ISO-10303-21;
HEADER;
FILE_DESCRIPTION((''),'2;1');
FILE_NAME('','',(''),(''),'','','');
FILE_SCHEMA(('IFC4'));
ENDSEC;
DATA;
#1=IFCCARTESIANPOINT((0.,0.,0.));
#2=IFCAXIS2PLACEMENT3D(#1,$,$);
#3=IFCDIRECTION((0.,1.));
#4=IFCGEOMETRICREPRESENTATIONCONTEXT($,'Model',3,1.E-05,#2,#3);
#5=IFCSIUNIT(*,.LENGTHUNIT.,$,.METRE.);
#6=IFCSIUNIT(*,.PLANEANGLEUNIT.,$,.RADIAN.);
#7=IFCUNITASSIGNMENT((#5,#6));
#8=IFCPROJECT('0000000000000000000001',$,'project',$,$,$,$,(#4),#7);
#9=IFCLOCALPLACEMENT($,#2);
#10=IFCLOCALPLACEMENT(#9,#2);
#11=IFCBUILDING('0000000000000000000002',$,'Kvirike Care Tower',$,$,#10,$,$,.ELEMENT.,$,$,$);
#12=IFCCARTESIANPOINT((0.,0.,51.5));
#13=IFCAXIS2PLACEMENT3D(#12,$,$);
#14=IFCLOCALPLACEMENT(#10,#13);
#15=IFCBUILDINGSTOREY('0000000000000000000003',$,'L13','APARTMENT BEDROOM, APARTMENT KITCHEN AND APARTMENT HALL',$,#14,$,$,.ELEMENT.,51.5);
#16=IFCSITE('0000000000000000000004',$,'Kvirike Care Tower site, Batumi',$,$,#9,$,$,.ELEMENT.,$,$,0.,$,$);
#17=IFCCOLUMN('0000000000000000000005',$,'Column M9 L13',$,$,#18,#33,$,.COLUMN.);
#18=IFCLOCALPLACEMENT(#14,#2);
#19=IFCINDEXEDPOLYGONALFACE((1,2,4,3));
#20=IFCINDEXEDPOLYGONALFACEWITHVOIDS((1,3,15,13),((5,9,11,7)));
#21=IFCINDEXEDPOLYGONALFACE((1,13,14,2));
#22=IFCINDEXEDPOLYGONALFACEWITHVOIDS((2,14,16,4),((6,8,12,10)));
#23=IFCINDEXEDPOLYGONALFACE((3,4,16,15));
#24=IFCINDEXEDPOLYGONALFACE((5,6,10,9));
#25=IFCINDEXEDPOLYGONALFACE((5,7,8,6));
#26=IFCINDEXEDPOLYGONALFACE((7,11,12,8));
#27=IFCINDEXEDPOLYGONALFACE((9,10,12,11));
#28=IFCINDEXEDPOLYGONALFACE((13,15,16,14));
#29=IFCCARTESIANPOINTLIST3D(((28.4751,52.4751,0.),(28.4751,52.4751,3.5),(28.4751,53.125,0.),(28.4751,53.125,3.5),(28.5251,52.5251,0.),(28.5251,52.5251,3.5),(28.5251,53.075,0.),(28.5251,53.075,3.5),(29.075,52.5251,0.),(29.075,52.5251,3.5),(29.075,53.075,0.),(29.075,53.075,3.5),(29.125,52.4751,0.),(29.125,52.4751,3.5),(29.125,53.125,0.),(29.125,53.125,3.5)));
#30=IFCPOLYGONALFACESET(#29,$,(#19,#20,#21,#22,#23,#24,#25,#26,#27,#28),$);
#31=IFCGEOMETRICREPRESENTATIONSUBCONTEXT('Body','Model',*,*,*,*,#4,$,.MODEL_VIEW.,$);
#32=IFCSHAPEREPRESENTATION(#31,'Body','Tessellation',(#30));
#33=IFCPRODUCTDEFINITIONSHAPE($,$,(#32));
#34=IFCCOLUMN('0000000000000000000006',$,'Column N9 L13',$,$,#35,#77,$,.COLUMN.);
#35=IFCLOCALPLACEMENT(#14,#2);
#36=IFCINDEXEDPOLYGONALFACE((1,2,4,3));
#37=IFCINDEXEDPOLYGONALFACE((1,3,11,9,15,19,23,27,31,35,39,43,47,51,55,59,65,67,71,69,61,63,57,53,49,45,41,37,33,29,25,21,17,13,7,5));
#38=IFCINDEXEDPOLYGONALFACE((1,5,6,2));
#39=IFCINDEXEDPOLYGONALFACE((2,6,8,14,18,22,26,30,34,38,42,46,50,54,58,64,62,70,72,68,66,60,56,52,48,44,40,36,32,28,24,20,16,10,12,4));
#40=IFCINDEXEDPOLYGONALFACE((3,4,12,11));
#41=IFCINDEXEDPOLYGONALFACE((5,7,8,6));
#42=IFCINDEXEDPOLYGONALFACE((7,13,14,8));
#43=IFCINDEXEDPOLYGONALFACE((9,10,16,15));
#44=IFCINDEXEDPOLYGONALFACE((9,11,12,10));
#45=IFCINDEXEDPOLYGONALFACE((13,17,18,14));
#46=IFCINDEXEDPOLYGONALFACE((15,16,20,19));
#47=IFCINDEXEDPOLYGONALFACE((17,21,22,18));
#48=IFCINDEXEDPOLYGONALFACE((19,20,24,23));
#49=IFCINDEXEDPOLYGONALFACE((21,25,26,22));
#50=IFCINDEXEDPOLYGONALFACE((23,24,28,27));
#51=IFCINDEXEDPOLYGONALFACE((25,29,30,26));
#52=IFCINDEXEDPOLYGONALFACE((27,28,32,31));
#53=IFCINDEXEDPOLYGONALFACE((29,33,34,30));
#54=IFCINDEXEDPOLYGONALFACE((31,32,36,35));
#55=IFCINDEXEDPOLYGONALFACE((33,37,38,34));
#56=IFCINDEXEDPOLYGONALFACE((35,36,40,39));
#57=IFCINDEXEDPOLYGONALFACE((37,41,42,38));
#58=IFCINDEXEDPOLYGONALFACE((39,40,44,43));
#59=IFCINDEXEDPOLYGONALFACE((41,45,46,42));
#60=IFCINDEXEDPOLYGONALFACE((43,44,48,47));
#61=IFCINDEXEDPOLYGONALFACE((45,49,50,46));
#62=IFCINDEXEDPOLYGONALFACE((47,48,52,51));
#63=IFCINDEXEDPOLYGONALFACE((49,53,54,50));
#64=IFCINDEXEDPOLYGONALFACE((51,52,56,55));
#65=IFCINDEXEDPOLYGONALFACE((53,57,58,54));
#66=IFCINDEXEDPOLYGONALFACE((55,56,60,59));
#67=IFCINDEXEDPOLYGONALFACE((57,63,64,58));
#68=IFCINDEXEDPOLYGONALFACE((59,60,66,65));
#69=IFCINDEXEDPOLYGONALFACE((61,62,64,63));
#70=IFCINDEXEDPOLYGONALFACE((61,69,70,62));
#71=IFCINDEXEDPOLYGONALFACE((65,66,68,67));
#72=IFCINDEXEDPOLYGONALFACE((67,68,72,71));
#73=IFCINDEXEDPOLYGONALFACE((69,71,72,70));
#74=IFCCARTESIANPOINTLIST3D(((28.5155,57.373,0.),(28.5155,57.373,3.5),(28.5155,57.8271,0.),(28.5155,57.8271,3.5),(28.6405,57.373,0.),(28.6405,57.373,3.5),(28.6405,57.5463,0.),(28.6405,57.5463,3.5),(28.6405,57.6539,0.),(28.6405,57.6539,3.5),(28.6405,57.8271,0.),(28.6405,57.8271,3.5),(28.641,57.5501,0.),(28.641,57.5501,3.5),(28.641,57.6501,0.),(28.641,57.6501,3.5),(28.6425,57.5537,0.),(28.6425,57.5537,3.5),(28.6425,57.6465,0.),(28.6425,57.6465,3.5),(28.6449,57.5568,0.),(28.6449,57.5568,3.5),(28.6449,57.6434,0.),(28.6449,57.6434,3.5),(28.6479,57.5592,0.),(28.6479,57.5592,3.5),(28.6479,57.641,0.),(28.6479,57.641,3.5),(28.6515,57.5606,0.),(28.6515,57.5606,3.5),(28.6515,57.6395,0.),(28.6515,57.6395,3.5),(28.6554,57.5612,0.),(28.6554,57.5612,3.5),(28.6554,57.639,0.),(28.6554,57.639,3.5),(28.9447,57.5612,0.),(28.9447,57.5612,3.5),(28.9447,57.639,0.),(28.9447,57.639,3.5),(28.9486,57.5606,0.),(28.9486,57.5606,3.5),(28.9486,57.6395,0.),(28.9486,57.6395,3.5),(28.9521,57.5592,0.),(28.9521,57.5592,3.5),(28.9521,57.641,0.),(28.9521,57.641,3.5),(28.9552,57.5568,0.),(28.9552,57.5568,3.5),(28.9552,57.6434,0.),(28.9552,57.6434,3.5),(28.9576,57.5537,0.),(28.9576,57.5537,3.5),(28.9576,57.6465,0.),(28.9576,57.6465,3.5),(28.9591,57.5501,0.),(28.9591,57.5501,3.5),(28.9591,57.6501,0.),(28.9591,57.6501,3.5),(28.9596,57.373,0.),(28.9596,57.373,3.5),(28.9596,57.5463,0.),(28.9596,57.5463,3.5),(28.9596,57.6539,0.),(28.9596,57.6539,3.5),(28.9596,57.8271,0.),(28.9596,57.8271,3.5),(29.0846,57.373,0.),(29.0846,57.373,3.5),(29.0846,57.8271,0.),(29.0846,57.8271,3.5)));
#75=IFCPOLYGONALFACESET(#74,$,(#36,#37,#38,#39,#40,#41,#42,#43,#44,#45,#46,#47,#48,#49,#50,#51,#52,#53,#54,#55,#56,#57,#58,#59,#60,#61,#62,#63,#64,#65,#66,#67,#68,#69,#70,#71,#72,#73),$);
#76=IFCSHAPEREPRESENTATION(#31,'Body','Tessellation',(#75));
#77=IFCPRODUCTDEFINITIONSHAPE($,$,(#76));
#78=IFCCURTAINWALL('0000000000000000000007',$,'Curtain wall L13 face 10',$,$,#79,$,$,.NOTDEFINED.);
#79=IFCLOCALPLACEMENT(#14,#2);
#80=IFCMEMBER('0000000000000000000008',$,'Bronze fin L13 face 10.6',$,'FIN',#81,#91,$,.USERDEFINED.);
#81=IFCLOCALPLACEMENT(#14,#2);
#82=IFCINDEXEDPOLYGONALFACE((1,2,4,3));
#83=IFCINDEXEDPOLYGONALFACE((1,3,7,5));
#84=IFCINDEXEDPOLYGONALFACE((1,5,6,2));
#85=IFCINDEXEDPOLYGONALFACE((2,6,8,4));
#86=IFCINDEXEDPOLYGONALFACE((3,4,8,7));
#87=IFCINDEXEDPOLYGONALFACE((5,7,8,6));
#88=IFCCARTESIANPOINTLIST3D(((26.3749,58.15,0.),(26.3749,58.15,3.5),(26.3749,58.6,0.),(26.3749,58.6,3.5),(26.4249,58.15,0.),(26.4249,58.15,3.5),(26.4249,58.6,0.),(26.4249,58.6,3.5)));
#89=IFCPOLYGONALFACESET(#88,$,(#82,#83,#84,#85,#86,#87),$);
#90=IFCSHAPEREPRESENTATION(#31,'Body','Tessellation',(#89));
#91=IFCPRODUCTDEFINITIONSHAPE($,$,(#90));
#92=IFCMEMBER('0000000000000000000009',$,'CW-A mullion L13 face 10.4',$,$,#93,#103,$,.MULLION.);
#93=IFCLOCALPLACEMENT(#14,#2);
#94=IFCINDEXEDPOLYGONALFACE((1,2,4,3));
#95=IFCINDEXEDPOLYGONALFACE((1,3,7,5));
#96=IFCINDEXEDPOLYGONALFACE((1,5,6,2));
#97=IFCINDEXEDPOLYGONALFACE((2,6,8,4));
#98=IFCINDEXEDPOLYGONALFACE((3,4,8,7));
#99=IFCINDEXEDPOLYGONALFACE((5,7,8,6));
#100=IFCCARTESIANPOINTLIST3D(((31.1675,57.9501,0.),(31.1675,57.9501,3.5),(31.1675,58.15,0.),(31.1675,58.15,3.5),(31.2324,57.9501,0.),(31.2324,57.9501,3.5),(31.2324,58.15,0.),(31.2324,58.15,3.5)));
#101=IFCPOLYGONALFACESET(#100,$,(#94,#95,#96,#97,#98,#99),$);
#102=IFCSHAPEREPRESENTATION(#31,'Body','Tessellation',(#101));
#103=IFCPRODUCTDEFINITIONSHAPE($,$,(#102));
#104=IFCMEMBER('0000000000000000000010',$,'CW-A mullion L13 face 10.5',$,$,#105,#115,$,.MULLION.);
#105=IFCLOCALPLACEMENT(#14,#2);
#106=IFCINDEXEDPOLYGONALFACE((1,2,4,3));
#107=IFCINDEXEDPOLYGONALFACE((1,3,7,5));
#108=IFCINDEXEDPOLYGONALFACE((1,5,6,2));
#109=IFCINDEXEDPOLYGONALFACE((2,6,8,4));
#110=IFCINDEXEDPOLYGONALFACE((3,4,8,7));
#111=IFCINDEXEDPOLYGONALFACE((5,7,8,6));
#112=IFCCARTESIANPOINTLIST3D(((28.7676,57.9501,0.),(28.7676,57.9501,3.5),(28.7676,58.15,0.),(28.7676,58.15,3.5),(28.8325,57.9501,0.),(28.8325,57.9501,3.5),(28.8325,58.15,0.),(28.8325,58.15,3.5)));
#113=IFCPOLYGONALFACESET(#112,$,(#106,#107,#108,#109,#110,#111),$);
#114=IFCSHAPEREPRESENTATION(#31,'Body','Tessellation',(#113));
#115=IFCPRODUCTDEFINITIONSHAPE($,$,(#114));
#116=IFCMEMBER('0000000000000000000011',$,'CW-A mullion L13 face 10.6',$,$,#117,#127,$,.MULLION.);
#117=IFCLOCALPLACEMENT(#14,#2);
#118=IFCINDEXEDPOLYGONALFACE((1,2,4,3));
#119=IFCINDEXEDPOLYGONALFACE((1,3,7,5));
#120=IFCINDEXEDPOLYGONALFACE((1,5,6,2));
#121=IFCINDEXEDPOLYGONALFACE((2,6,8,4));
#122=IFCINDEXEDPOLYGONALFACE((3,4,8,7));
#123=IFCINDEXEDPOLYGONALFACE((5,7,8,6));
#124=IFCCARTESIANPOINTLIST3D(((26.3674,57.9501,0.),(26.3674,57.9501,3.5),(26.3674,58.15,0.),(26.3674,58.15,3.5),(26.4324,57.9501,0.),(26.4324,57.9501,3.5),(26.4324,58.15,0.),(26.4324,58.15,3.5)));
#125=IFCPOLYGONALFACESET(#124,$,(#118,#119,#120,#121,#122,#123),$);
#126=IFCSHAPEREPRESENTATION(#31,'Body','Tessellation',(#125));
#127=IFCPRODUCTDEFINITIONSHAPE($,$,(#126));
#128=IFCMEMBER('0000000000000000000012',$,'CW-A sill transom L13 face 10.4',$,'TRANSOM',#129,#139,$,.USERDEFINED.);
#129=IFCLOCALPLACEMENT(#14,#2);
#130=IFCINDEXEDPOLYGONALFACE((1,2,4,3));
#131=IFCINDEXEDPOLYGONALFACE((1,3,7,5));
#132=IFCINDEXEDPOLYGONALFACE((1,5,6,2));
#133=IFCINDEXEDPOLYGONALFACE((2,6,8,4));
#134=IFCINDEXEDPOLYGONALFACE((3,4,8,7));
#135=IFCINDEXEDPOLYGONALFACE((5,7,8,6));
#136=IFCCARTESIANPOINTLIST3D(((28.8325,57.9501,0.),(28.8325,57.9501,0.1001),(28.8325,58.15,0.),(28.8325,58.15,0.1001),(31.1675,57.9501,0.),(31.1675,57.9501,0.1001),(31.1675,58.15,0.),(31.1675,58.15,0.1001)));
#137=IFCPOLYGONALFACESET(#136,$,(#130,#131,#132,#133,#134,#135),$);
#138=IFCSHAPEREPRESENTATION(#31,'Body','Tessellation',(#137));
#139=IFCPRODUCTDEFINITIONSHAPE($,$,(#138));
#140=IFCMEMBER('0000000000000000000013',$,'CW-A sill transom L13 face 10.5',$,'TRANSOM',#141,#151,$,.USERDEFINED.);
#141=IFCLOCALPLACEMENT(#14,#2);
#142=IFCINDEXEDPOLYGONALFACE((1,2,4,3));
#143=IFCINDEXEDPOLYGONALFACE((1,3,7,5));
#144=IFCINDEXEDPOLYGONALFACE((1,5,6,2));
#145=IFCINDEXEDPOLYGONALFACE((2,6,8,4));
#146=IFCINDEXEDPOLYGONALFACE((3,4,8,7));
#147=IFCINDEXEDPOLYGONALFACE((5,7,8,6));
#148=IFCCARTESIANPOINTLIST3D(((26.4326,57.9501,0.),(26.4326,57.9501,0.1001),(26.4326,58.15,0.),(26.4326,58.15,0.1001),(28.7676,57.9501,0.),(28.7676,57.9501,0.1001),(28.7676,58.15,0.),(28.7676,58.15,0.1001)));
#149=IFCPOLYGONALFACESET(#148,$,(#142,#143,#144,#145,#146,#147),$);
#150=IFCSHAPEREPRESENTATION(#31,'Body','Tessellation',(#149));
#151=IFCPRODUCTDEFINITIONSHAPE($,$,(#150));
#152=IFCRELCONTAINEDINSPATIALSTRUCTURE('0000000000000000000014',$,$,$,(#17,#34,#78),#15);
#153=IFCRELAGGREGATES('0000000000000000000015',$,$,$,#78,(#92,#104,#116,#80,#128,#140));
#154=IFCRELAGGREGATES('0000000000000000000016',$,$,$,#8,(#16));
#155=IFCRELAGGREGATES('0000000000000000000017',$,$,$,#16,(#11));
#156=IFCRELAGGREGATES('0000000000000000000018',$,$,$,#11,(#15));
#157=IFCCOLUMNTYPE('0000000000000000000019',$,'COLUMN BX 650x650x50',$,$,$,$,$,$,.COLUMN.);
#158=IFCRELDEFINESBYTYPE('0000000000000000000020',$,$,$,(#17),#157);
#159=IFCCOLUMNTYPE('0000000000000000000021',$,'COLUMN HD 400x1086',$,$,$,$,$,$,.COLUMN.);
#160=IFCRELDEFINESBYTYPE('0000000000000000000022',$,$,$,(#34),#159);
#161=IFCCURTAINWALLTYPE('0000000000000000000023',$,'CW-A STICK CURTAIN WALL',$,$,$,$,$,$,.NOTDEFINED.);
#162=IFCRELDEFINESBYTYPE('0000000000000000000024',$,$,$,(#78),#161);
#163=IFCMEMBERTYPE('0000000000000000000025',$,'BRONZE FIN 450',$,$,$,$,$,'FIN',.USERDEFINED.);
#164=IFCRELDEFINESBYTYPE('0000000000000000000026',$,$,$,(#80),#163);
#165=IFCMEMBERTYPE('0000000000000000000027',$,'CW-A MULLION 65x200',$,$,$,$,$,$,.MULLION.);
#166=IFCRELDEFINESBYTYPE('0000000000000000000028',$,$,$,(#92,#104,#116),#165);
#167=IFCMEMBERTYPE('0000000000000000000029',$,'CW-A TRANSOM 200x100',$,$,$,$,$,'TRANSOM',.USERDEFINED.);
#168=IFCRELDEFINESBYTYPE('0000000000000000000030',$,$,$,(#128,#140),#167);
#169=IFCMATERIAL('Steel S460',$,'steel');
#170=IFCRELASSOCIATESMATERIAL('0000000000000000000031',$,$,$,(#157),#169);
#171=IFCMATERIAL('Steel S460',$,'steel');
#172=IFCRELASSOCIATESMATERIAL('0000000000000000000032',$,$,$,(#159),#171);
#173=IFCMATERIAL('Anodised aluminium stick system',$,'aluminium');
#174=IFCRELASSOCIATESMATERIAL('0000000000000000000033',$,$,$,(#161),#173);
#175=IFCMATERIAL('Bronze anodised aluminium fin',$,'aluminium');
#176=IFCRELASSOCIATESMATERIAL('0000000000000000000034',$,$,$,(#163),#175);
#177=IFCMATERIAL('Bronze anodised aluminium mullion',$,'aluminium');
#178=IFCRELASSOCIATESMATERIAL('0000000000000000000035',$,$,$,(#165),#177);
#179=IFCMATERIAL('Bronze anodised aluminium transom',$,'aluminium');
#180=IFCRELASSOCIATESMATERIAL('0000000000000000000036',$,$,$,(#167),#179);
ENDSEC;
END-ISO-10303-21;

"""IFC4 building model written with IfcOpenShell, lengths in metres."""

from ifc_helpers import new_model, si_unit, direction, frame, origin, origin_2d, place, context, subcontext, project, spatial, rectangle, hollow_rectangle, i_section, extrude, material, material_profile, profile_set, type_object, element, aggregate, save


model = new_model("IFC4")

# Units and contexts
model_context = context("Model", 3, precision=1e-05, world=origin(), true_north=direction((0.0, 1.0)))
body_context = subcontext(model_context, "Body", "Model", "MODEL_VIEW")
ifc_project = project(units=[si_unit("LENGTHUNIT", "METRE"), si_unit("PLANEANGLEUNIT", "RADIAN")], contexts=[model_context])

# Site, building, storey
site_placement = place(None, origin())
site = spatial("IfcSite", under=ifc_project, at=site_placement, Name="Kvirike Care Tower site, Batumi", CompositionType="ELEMENT", RefElevation=0.0)
building_placement = place(site_placement, origin())
building = spatial("IfcBuilding", under=site, at=building_placement, Name="Kvirike Care Tower", CompositionType="ELEMENT")
storey_placement = place(building_placement, frame((0.0, 0.0, 51.5)))
storey = spatial("IfcBuildingStorey", under=building, at=storey_placement, Name="L13", Description="APARTMENT BEDROOM, APARTMENT KITCHEN AND APARTMENT HALL", CompositionType="ELEMENT", Elevation=51.5)

# Columns
ifc_material_1 = material(Name="Steel S460", Category="steel")
ifc_material_profile_1 = material_profile(ifc_material_1, hollow_rectangle(XDim=0.6499, YDim=0.6499, WallThickness=0.05, at=origin_2d()), Name="BX 650x650x50")
ifc_profile_set_1 = profile_set([ifc_material_profile_1], Name="Steel S460")
column_type_1 = type_object("IfcColumnType", Name="COLUMN BX 650x650x50", PredefinedType="COLUMN", material=ifc_profile_set_1)
column_1_placement = place(storey_placement, frame((28.8, 52.8, 0.0), z_axis=(0.0, 0.0, 1.0), x_axis=(1.0, 0.0, 0.0)))
element("IfcColumn", 1, at=column_1_placement, inside=storey, type_object=column_type_1, Name="Column M9 L13", PredefinedType="COLUMN", context=body_context, shape_type="SweptSolid", body=[
    extrude(hollow_rectangle(XDim=0.6499, YDim=0.6499, WallThickness=0.05, at=origin_2d()), origin(), (0.0, 0.0, 1.0), 3.5),
])
ifc_material_2 = material(Name="Steel S460", Category="steel")
ifc_material_profile_2 = material_profile(ifc_material_2, i_section(OverallWidth=0.4541, OverallDepth=0.5691, WebThickness=0.0779, FlangeThickness=0.125, FilletRadius=0.0149, at=origin_2d()), Name="HD 400x1086")
ifc_profile_set_2 = profile_set([ifc_material_profile_2], Name="Steel S460")
column_type_2 = type_object("IfcColumnType", Name="COLUMN HD 400x1086", PredefinedType="COLUMN", material=ifc_profile_set_2)
column_2_placement = place(storey_placement, frame((28.8, 57.6001, 0.0), z_axis=(0.0, 0.0, 1.0), x_axis=(0.0, 1.0, 0.0)))
element("IfcColumn", 2, at=column_2_placement, inside=storey, type_object=column_type_2, Name="Column N9 L13", PredefinedType="COLUMN", context=body_context, shape_type="SweptSolid", body=[
    extrude(i_section(OverallWidth=0.4541, OverallDepth=0.5691, WebThickness=0.0779, FlangeThickness=0.125, FilletRadius=0.0149, at=origin_2d()), origin(), (0.0, 0.0, 1.0), 3.5),
])

# Curtain wall, members
ifc_material_3 = material(Name="Anodised aluminium stick system", Category="aluminium")
curtain_wall_type = type_object("IfcCurtainWallType", Name="CW-A STICK CURTAIN WALL", PredefinedType="NOTDEFINED", material=ifc_material_3)
curtain_wall_placement = place(storey_placement, origin())
curtain_wall = element("IfcCurtainWall", 3, at=curtain_wall_placement, inside=storey, type_object=curtain_wall_type, Name="Curtain wall L13 face 10", PredefinedType="NOTDEFINED")
ifc_material_4 = material(Name="Bronze anodised aluminium fin", Category="aluminium")
ifc_material_profile_3 = material_profile(ifc_material_4, rectangle(XDim=0.05, YDim=0.45, at=origin_2d()), Name="BRONZE FIN 450")
ifc_profile_set_3 = profile_set([ifc_material_profile_3], Name="Bronze anodised aluminium fin")
member_type_1 = type_object("IfcMemberType", Name="BRONZE FIN 450", ElementType="FIN", PredefinedType="USERDEFINED", material=ifc_profile_set_3)
member_1_placement = place(storey_placement, frame((26.3999, 58.375, 0.0), z_axis=(0.0, 0.0, 1.0), x_axis=(-1.0, 0.0, 0.0)))
member_1 = element("IfcMember", 4, at=member_1_placement, type_object=member_type_1, Name="Bronze fin L13 face 10.6", ObjectType="FIN", PredefinedType="USERDEFINED", context=body_context, shape_type="SweptSolid", body=[
    extrude(rectangle(XDim=0.05, YDim=0.45, at=origin_2d()), origin(), (0.0, 0.0, 1.0), 3.5),
])
ifc_material_5 = material(Name="Bronze anodised aluminium mullion", Category="aluminium")
ifc_material_profile_4 = material_profile(ifc_material_5, rectangle(XDim=0.0649, YDim=0.2, at=origin_2d()), Name="CW-A MULLION 65x200")
ifc_profile_set_4 = profile_set([ifc_material_profile_4], Name="Bronze anodised aluminium mullion")
member_type_2 = type_object("IfcMemberType", Name="CW-A MULLION 65x200", PredefinedType="MULLION", material=ifc_profile_set_4)
member_2_placement = place(storey_placement, frame((31.2, 58.05, 0.0), z_axis=(0.0, 0.0, 1.0), x_axis=(-1.0, 0.0, 0.0)))
member_2 = element("IfcMember", 5, at=member_2_placement, type_object=member_type_2, Name="CW-A mullion L13 face 10.4", PredefinedType="MULLION", context=body_context, shape_type="SweptSolid", body=[
    extrude(rectangle(XDim=0.0649, YDim=0.2, at=origin_2d()), origin(), (0.0, 0.0, 1.0), 3.5),
])
member_3_placement = place(storey_placement, frame((28.8, 58.05, 0.0), z_axis=(0.0, 0.0, 1.0), x_axis=(-1.0, 0.0, 0.0)))
member_3 = element("IfcMember", 6, at=member_3_placement, type_object=member_type_2, Name="CW-A mullion L13 face 10.5", PredefinedType="MULLION", context=body_context, shape_type="SweptSolid", body=[
    extrude(rectangle(XDim=0.0649, YDim=0.2, at=origin_2d()), origin(), (0.0, 0.0, 1.0), 3.5),
])
member_4_placement = place(storey_placement, frame((26.3999, 58.05, 0.0), z_axis=(0.0, 0.0, 1.0), x_axis=(-1.0, 0.0, 0.0)))
member_4 = element("IfcMember", 7, at=member_4_placement, type_object=member_type_2, Name="CW-A mullion L13 face 10.6", PredefinedType="MULLION", context=body_context, shape_type="SweptSolid", body=[
    extrude(rectangle(XDim=0.0649, YDim=0.2, at=origin_2d()), origin(), (0.0, 0.0, 1.0), 3.5),
])
ifc_material_6 = material(Name="Bronze anodised aluminium transom", Category="aluminium")
ifc_material_profile_5 = material_profile(ifc_material_6, rectangle(XDim=0.2, YDim=0.1001, at=origin_2d()), Name="CW-A TRANSOM 200x100")
ifc_profile_set_5 = profile_set([ifc_material_profile_5], Name="Bronze anodised aluminium transom")
member_type_3 = type_object("IfcMemberType", Name="CW-A TRANSOM 200x100", ElementType="TRANSOM", PredefinedType="USERDEFINED", material=ifc_profile_set_5)
member_5_placement = place(storey_placement, frame((31.1675, 58.05, 0.05), z_axis=(-1.0, 0.0, 0.0), x_axis=(0.0, -1.0, 0.0)))
member_5 = element("IfcMember", 8, at=member_5_placement, type_object=member_type_3, Name="CW-A sill transom L13 face 10.4", ObjectType="TRANSOM", PredefinedType="USERDEFINED", context=body_context, shape_type="SweptSolid", body=[
    extrude(rectangle(XDim=0.2, YDim=0.1001, at=origin_2d()), origin(), (0.0, 0.0, 1.0), 2.335),
])
member_6_placement = place(storey_placement, frame((28.7676, 58.05, 0.05), z_axis=(-1.0, 0.0, 0.0), x_axis=(0.0, -1.0, 0.0)))
member_6 = element("IfcMember", 9, at=member_6_placement, type_object=member_type_3, Name="CW-A sill transom L13 face 10.5", ObjectType="TRANSOM", PredefinedType="USERDEFINED", context=body_context, shape_type="SweptSolid", body=[
    extrude(rectangle(XDim=0.2, YDim=0.1001, at=origin_2d()), origin(), (0.0, 0.0, 1.0), 2.335),
])

aggregate(curtain_wall, [member_2, member_3, member_4, member_1, member_5, member_6])

save(model, "model.ifc")
